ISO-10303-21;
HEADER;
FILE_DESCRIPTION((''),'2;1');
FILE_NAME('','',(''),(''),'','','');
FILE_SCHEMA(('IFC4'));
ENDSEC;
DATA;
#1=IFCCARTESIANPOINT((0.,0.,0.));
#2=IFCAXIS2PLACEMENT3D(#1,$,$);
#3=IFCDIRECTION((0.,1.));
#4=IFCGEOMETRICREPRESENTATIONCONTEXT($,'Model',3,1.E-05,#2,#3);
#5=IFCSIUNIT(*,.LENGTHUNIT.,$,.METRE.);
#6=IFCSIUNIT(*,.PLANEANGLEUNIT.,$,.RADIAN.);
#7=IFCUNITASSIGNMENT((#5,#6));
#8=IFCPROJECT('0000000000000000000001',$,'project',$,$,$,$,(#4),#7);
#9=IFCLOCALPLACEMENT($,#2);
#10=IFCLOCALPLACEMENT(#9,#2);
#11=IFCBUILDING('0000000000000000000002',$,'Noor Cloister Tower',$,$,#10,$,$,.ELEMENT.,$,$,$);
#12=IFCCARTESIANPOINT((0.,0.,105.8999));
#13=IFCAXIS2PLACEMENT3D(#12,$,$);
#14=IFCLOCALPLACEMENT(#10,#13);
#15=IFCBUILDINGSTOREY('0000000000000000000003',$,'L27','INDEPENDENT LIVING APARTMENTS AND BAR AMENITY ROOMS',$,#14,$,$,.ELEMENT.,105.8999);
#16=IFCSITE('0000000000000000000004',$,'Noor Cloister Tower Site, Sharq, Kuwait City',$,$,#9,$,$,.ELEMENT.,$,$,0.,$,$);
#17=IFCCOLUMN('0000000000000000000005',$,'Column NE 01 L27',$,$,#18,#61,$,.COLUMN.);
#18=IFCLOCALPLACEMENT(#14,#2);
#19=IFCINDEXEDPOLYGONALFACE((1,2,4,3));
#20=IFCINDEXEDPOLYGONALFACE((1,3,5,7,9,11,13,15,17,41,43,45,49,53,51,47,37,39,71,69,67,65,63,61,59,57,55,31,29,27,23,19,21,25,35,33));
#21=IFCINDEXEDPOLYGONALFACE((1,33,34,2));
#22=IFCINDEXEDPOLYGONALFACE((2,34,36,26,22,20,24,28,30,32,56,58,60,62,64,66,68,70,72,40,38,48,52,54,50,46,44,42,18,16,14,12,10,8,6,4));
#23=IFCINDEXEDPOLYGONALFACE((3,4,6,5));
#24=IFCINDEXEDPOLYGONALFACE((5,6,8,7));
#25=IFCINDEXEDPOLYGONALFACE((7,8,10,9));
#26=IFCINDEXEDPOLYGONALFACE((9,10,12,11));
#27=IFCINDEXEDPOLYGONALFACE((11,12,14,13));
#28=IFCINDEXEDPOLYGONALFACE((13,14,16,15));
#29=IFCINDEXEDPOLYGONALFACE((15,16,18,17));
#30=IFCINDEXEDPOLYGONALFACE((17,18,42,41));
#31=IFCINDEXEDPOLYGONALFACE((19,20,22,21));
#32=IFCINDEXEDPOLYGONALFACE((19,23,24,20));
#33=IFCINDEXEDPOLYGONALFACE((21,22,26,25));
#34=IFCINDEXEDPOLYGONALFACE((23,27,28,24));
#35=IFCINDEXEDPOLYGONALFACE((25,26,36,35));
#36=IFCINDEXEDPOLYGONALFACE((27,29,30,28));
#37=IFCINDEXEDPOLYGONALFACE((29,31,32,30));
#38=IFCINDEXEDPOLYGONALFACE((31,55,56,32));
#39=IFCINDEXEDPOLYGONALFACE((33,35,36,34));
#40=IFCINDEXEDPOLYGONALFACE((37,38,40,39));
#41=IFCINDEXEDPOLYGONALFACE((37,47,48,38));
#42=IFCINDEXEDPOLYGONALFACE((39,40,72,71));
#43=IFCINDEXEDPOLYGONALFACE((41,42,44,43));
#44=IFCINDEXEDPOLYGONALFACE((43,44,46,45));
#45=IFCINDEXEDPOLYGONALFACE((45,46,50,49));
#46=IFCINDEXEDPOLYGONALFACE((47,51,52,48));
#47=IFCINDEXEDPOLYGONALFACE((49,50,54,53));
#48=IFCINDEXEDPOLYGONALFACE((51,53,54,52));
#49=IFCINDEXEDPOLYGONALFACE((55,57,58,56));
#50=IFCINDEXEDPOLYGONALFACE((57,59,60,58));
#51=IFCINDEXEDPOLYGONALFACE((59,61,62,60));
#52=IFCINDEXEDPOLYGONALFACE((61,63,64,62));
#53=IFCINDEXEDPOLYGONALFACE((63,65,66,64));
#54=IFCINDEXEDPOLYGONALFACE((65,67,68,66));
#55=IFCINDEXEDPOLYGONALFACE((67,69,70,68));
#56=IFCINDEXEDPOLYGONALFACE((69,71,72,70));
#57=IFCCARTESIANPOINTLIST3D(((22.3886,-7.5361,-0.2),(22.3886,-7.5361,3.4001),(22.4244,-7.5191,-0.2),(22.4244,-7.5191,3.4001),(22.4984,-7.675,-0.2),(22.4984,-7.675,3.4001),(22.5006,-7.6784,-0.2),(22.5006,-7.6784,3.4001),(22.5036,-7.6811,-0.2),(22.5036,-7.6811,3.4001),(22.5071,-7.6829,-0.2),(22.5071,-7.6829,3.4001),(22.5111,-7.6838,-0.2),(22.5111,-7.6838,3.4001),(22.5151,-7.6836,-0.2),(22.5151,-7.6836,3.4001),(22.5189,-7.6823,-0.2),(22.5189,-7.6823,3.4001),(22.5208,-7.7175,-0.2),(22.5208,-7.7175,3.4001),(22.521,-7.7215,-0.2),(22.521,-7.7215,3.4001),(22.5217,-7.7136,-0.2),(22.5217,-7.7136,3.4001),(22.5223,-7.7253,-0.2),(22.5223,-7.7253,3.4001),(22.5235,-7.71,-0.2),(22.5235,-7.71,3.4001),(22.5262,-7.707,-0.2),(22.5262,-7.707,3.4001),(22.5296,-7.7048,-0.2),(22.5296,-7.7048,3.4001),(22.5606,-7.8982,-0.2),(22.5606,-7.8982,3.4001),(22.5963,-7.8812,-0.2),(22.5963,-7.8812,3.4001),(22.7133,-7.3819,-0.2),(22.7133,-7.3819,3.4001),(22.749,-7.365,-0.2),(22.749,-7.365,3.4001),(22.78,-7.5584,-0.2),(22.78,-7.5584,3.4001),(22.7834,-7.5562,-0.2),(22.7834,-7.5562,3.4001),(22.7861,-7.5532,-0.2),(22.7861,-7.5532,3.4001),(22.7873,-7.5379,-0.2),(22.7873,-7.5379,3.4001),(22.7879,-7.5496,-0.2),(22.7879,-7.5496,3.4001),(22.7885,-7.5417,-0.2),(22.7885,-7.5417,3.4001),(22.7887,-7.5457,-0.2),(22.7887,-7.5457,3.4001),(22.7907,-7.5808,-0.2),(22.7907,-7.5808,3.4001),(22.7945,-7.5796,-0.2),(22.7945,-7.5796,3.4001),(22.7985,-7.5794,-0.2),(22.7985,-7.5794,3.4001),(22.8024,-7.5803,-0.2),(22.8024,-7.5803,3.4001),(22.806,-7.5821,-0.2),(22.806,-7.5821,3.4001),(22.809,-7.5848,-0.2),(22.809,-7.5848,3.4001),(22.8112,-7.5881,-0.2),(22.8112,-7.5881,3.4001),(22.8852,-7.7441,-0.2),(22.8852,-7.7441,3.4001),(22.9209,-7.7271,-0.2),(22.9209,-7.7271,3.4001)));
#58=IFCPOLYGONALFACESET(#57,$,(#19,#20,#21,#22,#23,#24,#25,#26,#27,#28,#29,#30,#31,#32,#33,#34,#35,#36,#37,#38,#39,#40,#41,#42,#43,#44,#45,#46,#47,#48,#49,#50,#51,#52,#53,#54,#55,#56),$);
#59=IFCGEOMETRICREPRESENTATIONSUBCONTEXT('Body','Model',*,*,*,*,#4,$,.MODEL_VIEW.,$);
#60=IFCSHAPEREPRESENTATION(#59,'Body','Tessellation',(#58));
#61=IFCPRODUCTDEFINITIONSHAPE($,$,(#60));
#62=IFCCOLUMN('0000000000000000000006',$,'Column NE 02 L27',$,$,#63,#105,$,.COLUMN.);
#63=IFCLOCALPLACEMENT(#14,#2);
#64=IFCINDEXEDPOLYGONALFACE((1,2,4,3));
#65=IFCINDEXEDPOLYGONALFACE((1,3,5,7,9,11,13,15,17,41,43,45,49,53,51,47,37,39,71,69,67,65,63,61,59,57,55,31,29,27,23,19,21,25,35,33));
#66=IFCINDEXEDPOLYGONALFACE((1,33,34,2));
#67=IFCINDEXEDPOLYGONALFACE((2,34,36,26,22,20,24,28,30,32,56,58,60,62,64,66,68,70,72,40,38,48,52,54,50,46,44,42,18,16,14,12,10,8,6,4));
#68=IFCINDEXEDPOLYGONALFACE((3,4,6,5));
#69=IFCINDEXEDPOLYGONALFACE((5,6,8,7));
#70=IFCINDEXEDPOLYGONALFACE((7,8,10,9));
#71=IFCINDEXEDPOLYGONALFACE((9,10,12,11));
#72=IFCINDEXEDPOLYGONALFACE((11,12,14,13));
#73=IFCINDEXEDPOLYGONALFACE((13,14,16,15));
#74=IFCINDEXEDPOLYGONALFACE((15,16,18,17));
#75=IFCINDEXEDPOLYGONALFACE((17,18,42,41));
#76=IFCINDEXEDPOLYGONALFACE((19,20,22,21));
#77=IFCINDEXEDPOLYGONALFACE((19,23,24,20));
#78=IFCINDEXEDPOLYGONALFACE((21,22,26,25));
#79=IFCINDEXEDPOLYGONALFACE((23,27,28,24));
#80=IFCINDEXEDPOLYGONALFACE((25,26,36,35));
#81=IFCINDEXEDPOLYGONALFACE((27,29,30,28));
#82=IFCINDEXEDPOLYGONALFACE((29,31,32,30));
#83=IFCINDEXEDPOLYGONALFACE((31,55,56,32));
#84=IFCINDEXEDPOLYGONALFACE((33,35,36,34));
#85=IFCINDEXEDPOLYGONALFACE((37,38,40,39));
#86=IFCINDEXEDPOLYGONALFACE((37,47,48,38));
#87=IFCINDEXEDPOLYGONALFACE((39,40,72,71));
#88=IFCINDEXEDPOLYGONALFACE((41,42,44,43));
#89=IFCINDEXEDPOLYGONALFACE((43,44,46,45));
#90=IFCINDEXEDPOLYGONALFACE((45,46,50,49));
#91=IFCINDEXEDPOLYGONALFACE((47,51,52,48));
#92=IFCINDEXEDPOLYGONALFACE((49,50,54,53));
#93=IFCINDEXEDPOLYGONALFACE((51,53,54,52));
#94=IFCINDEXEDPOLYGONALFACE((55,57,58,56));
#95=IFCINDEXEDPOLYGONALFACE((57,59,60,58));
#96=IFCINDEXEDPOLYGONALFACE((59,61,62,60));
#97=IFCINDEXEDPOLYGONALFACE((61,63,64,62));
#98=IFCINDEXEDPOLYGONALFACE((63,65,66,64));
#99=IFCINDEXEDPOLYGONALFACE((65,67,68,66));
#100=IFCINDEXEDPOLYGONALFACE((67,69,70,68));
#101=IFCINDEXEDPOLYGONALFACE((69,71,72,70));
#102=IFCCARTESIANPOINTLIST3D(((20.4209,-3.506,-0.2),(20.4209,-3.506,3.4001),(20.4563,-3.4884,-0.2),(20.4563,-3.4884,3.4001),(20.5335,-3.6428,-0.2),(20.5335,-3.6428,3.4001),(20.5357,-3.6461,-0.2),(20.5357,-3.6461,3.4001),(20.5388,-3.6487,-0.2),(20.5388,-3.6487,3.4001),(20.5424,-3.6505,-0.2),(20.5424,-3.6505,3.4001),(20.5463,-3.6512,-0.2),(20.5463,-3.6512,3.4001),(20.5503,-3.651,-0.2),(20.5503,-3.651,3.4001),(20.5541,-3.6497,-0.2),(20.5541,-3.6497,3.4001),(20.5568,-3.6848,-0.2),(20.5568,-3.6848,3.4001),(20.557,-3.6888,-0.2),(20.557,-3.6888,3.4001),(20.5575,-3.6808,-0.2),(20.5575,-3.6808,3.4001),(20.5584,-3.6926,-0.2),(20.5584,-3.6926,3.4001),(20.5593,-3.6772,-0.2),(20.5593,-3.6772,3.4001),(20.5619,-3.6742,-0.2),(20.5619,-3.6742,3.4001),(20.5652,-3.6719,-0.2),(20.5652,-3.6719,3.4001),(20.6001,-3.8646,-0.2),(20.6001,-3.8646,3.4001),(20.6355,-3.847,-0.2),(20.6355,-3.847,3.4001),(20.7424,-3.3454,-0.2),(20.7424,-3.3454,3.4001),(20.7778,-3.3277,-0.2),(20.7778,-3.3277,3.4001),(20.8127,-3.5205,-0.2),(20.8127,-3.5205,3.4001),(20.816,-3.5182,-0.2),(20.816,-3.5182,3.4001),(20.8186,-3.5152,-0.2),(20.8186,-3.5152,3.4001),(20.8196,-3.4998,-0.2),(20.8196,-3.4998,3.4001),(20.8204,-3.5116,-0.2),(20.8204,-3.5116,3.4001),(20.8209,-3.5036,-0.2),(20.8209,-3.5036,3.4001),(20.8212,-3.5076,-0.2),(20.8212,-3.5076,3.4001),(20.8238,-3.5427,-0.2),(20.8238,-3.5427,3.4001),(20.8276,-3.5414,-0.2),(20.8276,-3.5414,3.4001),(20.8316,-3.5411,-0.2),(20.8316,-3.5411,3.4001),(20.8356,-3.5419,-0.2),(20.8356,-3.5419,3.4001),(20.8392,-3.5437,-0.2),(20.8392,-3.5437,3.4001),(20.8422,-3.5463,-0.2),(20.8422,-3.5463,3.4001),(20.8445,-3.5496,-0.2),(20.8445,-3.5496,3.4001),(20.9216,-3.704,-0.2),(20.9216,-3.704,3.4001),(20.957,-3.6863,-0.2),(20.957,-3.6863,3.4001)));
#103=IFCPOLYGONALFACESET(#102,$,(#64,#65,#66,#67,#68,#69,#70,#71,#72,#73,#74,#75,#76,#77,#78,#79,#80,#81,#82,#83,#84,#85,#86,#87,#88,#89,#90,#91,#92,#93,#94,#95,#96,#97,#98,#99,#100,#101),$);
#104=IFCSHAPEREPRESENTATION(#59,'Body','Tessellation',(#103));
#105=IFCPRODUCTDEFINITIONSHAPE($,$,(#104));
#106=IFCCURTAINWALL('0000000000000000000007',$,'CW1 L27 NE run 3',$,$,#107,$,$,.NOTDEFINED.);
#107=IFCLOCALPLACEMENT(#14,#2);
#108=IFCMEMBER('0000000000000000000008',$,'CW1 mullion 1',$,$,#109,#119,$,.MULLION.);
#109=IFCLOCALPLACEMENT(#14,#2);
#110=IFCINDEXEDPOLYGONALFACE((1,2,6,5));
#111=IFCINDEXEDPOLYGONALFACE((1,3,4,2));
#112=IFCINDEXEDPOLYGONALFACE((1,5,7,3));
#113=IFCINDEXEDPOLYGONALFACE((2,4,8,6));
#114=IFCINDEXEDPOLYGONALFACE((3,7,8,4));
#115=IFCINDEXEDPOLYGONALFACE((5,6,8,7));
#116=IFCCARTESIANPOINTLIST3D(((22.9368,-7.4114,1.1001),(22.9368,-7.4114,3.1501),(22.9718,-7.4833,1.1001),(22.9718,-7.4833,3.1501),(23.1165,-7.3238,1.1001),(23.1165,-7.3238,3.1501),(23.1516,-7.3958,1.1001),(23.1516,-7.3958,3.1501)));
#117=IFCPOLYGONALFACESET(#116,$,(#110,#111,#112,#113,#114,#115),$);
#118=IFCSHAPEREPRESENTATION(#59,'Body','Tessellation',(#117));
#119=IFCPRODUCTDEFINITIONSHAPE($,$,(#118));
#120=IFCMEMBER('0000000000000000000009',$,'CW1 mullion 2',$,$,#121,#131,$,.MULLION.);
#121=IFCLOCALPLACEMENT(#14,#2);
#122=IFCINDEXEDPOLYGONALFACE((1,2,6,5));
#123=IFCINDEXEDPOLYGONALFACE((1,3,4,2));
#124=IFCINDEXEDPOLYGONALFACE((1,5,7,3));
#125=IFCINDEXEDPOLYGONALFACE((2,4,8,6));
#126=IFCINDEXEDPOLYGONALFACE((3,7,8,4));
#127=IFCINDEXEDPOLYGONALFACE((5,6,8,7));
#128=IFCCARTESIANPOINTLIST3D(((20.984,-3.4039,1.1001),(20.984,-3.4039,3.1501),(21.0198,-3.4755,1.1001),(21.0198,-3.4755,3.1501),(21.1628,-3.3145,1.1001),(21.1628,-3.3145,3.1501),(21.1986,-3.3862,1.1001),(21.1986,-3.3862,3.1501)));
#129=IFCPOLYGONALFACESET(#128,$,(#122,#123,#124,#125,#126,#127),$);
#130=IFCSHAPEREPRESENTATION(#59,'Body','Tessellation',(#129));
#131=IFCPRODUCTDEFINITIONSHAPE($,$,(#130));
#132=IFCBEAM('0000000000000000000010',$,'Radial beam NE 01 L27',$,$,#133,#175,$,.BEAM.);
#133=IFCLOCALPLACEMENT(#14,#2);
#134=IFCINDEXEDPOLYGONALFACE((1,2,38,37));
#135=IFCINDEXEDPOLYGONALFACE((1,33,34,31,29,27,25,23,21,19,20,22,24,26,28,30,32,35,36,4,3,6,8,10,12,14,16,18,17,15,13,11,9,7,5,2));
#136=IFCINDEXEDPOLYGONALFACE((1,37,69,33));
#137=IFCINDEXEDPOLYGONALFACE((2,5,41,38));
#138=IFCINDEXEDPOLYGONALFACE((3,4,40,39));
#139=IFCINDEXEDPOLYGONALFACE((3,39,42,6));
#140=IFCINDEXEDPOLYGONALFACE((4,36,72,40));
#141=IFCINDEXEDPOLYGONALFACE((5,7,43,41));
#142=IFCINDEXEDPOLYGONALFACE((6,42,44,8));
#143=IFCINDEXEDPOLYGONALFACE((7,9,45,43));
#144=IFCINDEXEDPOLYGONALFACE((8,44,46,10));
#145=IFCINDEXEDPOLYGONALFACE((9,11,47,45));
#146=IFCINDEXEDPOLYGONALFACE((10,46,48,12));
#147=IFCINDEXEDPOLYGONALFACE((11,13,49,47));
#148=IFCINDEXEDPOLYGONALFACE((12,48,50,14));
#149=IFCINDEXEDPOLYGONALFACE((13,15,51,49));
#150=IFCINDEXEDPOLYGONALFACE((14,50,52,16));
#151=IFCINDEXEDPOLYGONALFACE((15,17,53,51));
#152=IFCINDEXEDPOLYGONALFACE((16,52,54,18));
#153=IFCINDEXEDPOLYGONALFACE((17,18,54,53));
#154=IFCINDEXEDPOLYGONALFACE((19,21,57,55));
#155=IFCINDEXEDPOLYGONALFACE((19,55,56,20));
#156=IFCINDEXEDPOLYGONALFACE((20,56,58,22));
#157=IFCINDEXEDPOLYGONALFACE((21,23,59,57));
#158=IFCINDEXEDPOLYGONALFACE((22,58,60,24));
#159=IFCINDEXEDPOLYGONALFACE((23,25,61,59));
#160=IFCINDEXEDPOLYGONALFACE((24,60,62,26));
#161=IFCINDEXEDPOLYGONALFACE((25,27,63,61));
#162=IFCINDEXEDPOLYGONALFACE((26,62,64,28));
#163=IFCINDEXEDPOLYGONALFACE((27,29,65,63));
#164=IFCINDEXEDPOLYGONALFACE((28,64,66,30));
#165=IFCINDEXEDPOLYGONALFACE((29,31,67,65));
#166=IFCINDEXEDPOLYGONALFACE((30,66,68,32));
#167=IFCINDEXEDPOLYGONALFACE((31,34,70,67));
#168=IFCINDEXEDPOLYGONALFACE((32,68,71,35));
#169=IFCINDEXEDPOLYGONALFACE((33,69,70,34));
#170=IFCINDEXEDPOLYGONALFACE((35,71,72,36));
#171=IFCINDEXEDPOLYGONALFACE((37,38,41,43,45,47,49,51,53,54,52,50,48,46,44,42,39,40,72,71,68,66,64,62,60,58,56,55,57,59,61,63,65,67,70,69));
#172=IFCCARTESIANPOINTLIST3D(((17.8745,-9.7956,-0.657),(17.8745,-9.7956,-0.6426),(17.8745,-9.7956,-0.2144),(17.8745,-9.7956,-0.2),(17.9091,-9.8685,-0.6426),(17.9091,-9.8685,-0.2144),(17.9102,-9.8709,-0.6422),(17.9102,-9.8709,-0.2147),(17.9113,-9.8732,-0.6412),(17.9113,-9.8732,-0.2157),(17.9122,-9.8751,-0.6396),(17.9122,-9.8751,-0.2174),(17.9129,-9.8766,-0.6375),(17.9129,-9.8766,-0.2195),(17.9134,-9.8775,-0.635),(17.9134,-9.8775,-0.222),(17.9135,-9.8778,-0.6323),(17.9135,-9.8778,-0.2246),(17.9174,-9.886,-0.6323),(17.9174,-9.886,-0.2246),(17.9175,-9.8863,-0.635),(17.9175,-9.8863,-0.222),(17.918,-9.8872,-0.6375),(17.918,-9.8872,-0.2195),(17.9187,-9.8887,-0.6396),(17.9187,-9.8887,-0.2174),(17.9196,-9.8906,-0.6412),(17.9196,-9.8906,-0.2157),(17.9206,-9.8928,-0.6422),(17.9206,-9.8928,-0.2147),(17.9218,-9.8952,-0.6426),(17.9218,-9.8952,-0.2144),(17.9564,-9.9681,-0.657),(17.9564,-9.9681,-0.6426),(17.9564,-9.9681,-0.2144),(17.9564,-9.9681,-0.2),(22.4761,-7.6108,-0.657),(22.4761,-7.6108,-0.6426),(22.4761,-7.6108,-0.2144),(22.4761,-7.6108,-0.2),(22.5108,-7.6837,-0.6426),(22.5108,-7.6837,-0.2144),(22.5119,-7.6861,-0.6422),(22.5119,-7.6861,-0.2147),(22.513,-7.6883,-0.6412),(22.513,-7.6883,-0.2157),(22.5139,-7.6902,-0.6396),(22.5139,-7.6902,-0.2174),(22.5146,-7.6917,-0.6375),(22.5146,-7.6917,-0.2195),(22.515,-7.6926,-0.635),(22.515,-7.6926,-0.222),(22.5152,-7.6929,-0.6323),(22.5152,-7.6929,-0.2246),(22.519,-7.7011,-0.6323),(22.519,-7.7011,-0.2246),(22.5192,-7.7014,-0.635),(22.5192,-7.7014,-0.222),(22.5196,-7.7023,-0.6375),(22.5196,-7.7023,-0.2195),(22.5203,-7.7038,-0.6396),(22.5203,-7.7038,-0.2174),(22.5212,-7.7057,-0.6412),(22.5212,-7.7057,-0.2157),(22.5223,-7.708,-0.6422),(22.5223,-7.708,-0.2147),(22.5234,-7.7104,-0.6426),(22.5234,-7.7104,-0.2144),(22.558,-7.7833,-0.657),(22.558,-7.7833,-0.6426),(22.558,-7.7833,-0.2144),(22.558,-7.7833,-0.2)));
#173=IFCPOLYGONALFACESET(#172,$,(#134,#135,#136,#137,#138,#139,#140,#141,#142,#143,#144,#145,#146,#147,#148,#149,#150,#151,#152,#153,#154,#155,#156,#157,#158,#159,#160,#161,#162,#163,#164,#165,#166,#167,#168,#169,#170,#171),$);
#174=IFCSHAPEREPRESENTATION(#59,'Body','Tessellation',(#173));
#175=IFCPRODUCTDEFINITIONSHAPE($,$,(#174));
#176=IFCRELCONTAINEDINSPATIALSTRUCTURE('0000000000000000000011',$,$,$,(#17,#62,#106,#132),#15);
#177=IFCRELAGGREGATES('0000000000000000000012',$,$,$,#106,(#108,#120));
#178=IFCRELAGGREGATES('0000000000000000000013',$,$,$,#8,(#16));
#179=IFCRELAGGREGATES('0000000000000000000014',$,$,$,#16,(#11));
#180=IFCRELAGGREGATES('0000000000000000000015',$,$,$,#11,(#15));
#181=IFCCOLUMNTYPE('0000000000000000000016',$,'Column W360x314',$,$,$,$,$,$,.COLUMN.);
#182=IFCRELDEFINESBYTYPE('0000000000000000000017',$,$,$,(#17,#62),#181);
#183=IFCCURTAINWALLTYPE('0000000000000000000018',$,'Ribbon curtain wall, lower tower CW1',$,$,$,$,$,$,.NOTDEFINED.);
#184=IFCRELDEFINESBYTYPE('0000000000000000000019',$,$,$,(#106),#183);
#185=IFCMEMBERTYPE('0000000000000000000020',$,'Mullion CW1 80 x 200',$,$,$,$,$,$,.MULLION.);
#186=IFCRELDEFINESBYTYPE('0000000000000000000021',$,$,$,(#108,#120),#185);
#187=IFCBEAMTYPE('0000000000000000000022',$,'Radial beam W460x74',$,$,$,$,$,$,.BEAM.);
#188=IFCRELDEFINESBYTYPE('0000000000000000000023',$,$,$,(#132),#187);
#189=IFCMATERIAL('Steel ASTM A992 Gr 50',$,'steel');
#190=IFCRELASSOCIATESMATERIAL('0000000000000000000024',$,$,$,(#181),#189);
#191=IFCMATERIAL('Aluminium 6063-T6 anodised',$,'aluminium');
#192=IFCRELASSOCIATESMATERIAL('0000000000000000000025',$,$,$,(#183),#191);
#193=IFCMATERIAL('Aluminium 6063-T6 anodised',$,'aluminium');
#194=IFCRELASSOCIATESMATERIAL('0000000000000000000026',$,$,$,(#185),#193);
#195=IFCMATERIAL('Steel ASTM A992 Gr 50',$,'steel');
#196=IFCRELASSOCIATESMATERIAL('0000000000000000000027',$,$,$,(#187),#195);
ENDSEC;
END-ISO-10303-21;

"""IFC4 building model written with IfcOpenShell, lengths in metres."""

from ifc_helpers import new_model, si_unit, direction, frame, origin, origin_2d, place, context, subcontext, project, spatial, rectangle, i_section, extrude, material, material_profile, profile_set, type_object, element, aggregate, save


model = new_model("IFC4")

# Units and contexts
model_context = context("Model", 3, precision=1e-05, world=origin(), true_north=direction((0.0, 1.0)))
body_context = subcontext(model_context, "Body", "Model", "MODEL_VIEW")
ifc_project = project(units=[si_unit("LENGTHUNIT", "METRE"), si_unit("PLANEANGLEUNIT", "RADIAN")], contexts=[model_context])

# Site, building, storey
site_placement = place(None, origin())
site = spatial("IfcSite", under=ifc_project, at=site_placement, Name="Noor Cloister Tower Site, Sharq, Kuwait City", CompositionType="ELEMENT", RefElevation=0.0)
building_placement = place(site_placement, origin())
building = spatial("IfcBuilding", under=site, at=building_placement, Name="Noor Cloister Tower", CompositionType="ELEMENT")
storey_placement = place(building_placement, frame((0.0, 0.0, 105.8999)))
storey = spatial("IfcBuildingStorey", under=building, at=storey_placement, Name="L27", Description="INDEPENDENT LIVING APARTMENTS AND BAR AMENITY ROOMS", CompositionType="ELEMENT", Elevation=105.8999)

# Columns
ifc_material_1 = material(Name="Steel ASTM A992 Gr 50", Category="steel")
ifc_material_profile_1 = material_profile(ifc_material_1, i_section(OverallWidth=0.4009, OverallDepth=0.3989, WebThickness=0.0249, FlangeThickness=0.0396, FilletRadius=0.0154, at=origin_2d()), Name="W360x314")
ifc_profile_set_1 = profile_set([ifc_material_profile_1], Name="Steel ASTM A992 Gr 50")
column_type = type_object("IfcColumnType", Name="Column W360x314", PredefinedType="COLUMN", material=ifc_profile_set_1)
for number, where, z_axis, x_axis, name in (
    (1, (22.6548, -7.6316, -0.2), (0.0, 0.0, 1.0), (-0.428908, 0.903348, 0.0), "Column NE 01 L27"),
    (2, (20.689, -3.5962, -0.2), (0.0, 0.0, 1.0), (-0.446959, 0.894555, 0.0), "Column NE 02 L27"),
):
    element("IfcColumn", number, at=place(storey_placement, frame(where, z_axis=z_axis, x_axis=x_axis)), inside=storey, type_object=column_type, Name=name, PredefinedType="COLUMN", context=body_context, shape_type="SweptSolid", body=[
        extrude(i_section(OverallWidth=0.4009, OverallDepth=0.3989, WebThickness=0.0249, FlangeThickness=0.0396, FilletRadius=0.0154, at=origin_2d()), origin(), (0.0, 0.0, 1.0), 3.6001),
    ])

# Curtain wall, members
ifc_material_2 = material(Name="Aluminium 6063-T6 anodised", Category="aluminium")
curtain_wall_type = type_object("IfcCurtainWallType", Name="Ribbon curtain wall, lower tower CW1", PredefinedType="NOTDEFINED", material=ifc_material_2)
curtain_wall_placement = place(storey_placement, origin())
curtain_wall = element("IfcCurtainWall", 3, at=curtain_wall_placement, inside=storey, type_object=curtain_wall_type, Name="CW1 L27 NE run 3", PredefinedType="NOTDEFINED")
ifc_material_3 = material(Name="Aluminium 6063-T6 anodised", Category="aluminium")
ifc_material_profile_2 = material_profile(ifc_material_3, rectangle(XDim=0.2, YDim=0.0801, at=origin_2d()), Name="200 x 80 mullion")
ifc_profile_set_2 = profile_set([ifc_material_profile_2], Name="Aluminium 6063-T6 anodised")
member_type = type_object("IfcMemberType", Name="Mullion CW1 80 x 200", PredefinedType="MULLION", material=ifc_profile_set_2)
member_1_placement = place(storey_placement, frame((23.0442, -7.4036, 1.1001), z_axis=(0.0, 0.0, 1.0), x_axis=(-0.898997, -0.437955, 0.0)))
member_1 = element("IfcMember", 4, at=member_1_placement, type_object=member_type, Name="CW1 mullion 1", PredefinedType="MULLION", context=body_context, shape_type="SweptSolid", body=[
    extrude(rectangle(XDim=0.2, YDim=0.0801, at=origin_2d()), origin(), (0.0, 0.0, 1.0), 2.05),
])
member_2_placement = place(storey_placement, frame((21.0913, -3.395, 1.1001), z_axis=(0.0, 0.0, 1.0), x_axis=(-0.894555, -0.446959, 0.0)))
member_2 = element("IfcMember", 5, at=member_2_placement, type_object=member_type, Name="CW1 mullion 2", PredefinedType="MULLION", context=body_context, shape_type="SweptSolid", body=[
    extrude(rectangle(XDim=0.2, YDim=0.0801, at=origin_2d()), origin(), (0.0, 0.0, 1.0), 2.05),
])

# Beam
ifc_material_4 = material(Name="Steel ASTM A992 Gr 50", Category="steel")
ifc_material_profile_3 = material_profile(ifc_material_4, i_section(OverallWidth=0.1909, OverallDepth=0.457, WebThickness=0.009, FlangeThickness=0.0144, FilletRadius=0.0103, at=origin_2d()), Name="W460x74")
ifc_profile_set_3 = profile_set([ifc_material_profile_3], Name="Steel ASTM A992 Gr 50")
beam_type_1 = type_object("IfcBeamType", Name="Radial beam W460x74", PredefinedType="BEAM", material=ifc_profile_set_3)
beam_1_placement = place(storey_placement, frame((22.5171, -7.697, -0.4285), z_axis=(-0.903348, -0.428908, 0.0), x_axis=(0.428908, -0.903348, 0.0)))
element("IfcBeam", 6, at=beam_1_placement, inside=storey, type_object=beam_type_1, Name="Radial beam NE 01 L27", PredefinedType="BEAM", context=body_context, shape_type="SweptSolid", body=[
    extrude(i_section(OverallWidth=0.1909, OverallDepth=0.457, WebThickness=0.009, FlangeThickness=0.0144, FilletRadius=0.0103, at=origin_2d()), origin(), (0.0, 0.0, 1.0), 5.094),
])

aggregate(curtain_wall, [member_1, member_2])

save(model, "model.ifc")
